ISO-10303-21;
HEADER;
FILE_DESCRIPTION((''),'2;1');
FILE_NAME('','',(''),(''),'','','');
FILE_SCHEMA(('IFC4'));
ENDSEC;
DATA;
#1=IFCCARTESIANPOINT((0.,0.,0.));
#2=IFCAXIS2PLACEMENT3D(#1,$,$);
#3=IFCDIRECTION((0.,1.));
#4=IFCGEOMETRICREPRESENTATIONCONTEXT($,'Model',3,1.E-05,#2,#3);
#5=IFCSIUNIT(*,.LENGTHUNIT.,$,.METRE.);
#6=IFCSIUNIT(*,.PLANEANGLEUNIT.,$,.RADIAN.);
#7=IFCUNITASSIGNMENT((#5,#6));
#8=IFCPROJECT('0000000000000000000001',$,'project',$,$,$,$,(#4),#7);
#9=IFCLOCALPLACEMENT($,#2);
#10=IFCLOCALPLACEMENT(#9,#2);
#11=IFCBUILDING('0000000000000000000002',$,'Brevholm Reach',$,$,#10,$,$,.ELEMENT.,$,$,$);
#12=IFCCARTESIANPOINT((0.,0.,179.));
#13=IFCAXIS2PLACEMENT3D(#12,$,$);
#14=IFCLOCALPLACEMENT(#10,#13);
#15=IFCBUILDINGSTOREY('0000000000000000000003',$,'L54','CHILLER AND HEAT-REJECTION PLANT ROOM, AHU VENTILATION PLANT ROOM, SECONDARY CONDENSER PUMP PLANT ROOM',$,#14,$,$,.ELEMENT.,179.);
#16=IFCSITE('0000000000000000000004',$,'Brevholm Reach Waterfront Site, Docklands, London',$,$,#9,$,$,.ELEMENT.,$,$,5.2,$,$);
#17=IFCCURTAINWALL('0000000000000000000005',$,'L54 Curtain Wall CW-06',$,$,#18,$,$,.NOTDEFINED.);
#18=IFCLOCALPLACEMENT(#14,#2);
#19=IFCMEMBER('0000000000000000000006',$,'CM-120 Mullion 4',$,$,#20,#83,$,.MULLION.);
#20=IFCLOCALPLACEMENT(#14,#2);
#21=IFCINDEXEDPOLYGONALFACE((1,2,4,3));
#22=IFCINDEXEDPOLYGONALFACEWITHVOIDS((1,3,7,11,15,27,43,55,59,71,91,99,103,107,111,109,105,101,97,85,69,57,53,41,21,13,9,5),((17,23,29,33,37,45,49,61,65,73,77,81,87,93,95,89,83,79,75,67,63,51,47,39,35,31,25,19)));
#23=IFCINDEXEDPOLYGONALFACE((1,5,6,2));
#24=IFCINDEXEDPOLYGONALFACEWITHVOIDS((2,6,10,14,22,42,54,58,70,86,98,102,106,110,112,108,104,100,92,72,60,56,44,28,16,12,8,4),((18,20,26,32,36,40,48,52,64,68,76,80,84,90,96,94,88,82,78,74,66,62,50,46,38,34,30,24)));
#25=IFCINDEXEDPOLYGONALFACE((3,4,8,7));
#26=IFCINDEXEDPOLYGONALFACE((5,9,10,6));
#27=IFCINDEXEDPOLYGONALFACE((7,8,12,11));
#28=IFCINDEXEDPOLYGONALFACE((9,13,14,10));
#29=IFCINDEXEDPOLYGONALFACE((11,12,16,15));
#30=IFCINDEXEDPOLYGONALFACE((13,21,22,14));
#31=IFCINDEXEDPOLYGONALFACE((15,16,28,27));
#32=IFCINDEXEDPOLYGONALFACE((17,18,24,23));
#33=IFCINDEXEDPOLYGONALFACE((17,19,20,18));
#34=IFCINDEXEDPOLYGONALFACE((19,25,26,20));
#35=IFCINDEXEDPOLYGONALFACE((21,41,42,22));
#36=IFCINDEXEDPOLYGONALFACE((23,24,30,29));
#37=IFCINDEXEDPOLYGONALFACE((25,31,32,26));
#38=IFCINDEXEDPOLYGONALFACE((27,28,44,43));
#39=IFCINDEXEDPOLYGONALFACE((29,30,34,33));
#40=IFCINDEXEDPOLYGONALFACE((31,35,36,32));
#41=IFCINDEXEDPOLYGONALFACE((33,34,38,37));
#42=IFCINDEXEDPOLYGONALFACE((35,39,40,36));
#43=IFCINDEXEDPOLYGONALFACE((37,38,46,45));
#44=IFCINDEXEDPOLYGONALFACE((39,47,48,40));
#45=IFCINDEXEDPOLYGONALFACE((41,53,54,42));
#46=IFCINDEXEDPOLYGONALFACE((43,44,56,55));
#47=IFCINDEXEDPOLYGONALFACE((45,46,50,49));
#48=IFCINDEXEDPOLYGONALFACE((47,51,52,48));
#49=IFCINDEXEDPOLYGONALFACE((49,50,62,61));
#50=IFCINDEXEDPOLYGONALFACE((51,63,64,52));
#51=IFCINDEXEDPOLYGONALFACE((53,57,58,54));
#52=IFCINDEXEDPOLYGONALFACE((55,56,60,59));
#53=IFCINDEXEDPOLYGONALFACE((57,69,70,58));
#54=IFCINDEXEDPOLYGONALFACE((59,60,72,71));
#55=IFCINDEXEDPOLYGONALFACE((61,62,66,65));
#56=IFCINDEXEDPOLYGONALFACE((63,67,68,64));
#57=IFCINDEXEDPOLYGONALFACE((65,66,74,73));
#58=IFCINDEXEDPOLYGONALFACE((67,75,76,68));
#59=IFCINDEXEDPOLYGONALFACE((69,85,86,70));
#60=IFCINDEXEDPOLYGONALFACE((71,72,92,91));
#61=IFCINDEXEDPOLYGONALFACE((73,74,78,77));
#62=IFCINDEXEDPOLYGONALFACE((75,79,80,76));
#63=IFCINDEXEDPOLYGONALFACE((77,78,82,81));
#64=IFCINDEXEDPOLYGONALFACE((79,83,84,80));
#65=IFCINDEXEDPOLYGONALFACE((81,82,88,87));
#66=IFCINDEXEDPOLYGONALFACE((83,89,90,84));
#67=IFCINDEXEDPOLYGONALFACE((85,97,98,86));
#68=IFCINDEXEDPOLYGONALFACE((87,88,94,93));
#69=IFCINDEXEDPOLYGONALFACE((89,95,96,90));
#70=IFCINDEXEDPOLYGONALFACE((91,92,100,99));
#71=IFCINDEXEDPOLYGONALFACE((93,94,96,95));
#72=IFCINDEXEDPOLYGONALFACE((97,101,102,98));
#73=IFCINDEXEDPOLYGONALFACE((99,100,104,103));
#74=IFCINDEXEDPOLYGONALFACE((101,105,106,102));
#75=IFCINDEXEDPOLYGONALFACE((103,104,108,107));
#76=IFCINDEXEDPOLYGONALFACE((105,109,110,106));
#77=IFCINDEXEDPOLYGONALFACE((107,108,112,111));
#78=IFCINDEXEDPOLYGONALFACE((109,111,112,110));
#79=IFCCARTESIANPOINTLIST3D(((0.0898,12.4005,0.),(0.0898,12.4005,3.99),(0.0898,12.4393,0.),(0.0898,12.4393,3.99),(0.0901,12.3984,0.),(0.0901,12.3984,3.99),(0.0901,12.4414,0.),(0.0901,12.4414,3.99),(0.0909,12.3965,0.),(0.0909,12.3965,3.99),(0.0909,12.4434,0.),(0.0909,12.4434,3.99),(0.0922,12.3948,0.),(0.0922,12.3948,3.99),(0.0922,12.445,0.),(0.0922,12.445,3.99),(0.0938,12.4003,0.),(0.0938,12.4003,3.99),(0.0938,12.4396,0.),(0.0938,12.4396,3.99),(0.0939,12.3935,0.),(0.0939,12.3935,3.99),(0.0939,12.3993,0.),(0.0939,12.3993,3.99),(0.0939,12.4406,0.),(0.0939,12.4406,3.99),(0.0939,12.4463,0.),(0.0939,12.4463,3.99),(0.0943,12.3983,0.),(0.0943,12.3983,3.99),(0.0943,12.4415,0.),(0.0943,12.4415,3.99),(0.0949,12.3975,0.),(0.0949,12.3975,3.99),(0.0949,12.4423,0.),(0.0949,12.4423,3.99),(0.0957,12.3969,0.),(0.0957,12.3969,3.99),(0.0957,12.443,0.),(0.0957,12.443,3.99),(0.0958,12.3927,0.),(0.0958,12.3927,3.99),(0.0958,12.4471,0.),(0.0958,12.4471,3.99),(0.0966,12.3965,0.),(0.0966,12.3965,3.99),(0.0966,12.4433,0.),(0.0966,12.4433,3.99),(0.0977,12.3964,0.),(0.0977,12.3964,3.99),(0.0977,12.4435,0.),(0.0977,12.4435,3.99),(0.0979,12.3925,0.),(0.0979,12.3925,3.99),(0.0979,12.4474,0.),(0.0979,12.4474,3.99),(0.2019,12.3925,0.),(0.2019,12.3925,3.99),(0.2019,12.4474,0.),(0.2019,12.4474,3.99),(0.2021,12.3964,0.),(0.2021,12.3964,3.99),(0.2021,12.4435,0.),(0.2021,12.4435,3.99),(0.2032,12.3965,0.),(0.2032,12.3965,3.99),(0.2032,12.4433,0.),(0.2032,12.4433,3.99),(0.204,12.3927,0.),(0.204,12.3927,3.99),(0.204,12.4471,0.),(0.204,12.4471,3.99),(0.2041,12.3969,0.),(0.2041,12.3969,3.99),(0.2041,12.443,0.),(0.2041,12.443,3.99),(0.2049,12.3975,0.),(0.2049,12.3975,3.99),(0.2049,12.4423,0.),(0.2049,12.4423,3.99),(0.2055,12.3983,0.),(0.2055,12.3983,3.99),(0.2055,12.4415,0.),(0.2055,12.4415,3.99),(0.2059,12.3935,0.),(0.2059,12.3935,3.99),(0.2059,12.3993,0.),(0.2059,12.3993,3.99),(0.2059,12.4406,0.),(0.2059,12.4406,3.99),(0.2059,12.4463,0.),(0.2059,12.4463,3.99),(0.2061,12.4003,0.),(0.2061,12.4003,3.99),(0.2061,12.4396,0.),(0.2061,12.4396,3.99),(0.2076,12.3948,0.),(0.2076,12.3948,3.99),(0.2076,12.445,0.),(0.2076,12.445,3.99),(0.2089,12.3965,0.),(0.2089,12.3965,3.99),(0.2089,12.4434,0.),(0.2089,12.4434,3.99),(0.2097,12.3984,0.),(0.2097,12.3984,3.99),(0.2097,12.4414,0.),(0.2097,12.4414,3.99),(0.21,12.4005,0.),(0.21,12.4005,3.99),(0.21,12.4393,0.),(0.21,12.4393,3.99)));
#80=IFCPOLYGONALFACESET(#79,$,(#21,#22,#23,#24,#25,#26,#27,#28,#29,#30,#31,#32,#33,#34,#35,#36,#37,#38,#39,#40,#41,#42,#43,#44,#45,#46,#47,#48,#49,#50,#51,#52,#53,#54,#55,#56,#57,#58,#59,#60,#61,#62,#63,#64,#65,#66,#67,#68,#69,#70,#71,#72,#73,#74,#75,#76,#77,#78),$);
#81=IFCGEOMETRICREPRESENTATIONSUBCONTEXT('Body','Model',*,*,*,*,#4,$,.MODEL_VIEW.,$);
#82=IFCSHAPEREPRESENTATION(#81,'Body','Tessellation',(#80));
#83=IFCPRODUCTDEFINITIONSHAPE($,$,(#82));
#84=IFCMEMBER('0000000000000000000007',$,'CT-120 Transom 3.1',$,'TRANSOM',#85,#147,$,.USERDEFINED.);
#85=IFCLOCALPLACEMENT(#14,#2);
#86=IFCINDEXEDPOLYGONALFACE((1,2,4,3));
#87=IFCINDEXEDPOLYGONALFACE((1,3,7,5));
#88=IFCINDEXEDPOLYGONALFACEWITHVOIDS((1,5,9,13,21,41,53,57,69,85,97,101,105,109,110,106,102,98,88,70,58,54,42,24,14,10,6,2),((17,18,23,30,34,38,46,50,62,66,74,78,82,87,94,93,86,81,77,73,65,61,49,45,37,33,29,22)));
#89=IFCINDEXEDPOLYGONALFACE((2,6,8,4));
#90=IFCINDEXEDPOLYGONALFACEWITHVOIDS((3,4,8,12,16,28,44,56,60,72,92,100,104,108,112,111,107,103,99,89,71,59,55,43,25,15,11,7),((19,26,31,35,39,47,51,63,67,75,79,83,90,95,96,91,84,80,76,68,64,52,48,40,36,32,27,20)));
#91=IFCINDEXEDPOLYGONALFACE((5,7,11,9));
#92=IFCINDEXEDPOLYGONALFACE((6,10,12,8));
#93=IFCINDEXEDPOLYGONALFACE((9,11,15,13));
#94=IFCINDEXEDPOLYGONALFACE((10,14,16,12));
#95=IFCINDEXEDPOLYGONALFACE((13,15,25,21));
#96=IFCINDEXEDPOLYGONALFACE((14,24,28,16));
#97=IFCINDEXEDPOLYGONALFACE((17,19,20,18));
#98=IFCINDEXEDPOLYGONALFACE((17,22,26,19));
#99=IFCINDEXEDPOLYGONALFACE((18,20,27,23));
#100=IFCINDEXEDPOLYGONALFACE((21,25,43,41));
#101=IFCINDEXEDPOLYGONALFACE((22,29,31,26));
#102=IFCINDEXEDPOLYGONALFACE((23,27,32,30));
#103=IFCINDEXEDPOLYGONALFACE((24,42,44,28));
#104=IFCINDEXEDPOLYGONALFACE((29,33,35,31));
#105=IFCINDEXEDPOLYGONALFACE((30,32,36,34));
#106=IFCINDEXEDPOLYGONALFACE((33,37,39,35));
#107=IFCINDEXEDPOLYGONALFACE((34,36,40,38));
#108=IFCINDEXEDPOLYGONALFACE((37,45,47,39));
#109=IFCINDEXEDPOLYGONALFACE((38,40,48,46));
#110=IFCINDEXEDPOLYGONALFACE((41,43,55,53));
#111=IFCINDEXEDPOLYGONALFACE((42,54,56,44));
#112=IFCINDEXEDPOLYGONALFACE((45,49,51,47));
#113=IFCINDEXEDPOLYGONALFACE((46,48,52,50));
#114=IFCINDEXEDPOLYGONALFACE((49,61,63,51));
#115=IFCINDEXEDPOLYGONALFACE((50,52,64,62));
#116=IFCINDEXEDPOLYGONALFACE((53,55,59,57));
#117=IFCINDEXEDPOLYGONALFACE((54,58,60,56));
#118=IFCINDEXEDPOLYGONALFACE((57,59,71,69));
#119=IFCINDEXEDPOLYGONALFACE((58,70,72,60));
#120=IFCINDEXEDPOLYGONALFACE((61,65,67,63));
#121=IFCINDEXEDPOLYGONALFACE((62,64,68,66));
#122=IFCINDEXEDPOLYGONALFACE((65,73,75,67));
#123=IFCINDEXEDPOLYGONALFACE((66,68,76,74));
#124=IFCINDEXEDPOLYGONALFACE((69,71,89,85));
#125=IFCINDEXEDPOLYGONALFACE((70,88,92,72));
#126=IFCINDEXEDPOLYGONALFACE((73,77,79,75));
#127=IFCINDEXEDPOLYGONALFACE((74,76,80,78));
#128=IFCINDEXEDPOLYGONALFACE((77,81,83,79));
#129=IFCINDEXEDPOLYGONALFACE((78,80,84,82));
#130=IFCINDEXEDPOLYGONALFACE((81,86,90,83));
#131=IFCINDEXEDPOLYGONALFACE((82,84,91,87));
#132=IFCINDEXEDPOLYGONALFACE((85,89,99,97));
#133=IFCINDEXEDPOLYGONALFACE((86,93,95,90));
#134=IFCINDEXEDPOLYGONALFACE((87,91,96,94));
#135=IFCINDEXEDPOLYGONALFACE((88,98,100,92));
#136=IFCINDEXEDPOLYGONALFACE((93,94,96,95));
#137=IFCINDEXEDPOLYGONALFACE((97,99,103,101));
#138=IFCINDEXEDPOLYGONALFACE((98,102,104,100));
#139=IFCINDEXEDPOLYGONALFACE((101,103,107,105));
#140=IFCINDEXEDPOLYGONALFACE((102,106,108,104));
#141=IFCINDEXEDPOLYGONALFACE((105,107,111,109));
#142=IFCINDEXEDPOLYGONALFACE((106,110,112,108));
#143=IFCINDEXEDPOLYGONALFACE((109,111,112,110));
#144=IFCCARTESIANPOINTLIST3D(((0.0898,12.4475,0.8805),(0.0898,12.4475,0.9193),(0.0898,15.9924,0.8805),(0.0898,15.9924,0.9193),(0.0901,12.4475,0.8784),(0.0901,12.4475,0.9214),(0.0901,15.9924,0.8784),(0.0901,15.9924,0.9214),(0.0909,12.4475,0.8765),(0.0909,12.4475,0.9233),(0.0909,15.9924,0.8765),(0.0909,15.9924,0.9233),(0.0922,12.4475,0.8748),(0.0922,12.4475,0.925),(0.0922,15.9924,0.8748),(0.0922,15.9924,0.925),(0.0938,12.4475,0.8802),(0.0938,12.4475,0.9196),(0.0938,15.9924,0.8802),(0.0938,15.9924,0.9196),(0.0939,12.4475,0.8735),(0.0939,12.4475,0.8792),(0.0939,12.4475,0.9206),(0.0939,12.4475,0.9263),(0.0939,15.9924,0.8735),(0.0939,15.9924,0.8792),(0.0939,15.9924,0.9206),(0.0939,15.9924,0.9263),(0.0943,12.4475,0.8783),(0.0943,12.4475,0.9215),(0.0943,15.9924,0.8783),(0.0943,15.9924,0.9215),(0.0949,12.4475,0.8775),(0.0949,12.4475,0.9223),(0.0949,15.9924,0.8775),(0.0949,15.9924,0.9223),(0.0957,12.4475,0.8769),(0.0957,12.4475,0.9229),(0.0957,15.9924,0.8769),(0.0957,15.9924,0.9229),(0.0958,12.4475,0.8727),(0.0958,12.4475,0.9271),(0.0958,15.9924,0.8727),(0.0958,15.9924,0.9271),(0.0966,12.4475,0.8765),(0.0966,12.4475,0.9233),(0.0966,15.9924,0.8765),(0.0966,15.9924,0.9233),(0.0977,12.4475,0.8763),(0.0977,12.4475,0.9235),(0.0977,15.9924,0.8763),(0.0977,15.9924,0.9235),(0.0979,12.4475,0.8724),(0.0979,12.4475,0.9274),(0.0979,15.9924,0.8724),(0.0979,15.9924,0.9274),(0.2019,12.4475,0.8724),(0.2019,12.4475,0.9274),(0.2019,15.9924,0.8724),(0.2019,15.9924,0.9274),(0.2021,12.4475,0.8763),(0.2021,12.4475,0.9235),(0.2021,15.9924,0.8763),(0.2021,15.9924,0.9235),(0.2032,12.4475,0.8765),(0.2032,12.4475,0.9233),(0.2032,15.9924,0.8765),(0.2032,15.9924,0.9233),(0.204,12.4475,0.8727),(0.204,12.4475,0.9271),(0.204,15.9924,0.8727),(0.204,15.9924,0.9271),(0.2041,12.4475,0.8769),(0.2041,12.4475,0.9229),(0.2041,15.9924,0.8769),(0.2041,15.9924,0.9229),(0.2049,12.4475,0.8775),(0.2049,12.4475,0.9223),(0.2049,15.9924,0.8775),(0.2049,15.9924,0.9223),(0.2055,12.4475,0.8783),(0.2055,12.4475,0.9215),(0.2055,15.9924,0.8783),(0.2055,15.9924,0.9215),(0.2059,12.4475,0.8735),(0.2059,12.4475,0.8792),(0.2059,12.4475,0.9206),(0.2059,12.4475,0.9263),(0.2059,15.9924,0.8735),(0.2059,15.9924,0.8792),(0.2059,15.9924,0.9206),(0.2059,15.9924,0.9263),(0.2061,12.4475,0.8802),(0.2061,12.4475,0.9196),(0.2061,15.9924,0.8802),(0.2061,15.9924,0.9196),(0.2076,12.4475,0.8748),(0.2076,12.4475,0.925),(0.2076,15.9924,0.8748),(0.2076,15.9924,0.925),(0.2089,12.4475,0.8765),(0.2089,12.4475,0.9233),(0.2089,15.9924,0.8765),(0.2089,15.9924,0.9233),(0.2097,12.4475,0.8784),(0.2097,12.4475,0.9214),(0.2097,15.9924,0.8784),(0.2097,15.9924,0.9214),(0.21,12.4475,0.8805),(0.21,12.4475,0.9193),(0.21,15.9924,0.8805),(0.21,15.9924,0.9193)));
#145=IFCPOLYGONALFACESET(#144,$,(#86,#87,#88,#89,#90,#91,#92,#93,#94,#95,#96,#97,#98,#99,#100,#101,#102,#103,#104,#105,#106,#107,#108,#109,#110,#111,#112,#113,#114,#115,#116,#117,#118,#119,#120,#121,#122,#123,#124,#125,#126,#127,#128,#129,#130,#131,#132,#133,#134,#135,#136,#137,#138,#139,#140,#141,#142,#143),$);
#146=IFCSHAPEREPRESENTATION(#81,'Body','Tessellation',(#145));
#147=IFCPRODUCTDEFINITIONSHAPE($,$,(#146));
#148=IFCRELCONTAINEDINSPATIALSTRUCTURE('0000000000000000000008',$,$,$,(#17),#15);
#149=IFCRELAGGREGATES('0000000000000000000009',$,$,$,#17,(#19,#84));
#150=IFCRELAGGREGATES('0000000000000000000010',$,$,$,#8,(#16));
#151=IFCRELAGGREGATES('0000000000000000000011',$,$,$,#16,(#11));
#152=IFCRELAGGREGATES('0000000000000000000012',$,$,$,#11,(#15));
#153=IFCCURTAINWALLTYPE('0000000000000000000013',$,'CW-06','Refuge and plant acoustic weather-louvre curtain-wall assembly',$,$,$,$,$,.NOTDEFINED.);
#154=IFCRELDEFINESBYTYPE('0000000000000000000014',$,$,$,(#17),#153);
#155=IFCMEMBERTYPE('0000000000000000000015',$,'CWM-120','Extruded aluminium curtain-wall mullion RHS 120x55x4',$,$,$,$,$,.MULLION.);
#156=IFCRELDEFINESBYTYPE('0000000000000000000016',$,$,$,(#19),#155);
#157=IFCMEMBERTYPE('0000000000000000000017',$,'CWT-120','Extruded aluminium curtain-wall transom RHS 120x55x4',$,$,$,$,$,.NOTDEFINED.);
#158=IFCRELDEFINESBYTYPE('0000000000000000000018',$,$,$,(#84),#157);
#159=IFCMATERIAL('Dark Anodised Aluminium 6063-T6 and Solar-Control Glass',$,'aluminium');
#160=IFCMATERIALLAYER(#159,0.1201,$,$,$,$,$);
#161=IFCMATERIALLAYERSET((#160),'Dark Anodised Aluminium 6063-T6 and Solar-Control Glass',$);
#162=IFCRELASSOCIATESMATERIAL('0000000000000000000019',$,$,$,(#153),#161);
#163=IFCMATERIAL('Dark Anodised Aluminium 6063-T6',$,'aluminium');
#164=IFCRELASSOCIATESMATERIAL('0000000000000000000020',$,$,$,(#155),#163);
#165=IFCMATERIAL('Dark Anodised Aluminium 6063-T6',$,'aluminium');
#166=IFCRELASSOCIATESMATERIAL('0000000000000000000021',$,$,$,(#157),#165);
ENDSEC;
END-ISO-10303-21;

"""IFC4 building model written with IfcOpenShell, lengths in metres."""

from ifc_helpers import new_model, si_unit, direction, frame, origin, origin_2d, place, context, subcontext, project, spatial, hollow_rectangle, extrude, material, layer, layer_set, material_profile, profile_set, type_object, element, aggregate, save


model = new_model("IFC4")

# Units and contexts
model_context = context("Model", 3, precision=1e-05, world=origin(), true_north=direction((0.0, 1.0)))
body_context = subcontext(model_context, "Body", "Model", "MODEL_VIEW")
ifc_project = project(units=[si_unit("LENGTHUNIT", "METRE"), si_unit("PLANEANGLEUNIT", "RADIAN")], contexts=[model_context])

# Site, building, storey
site_placement = place(None, origin())
site = spatial("IfcSite", under=ifc_project, at=site_placement, Name="Brevholm Reach Waterfront Site, Docklands, London", CompositionType="ELEMENT", RefElevation=5.2)
building_placement = place(site_placement, origin())
building = spatial("IfcBuilding", under=site, at=building_placement, Name="Brevholm Reach", CompositionType="ELEMENT")
storey_placement = place(building_placement, frame((0.0, 0.0, 179.0)))
storey = spatial("IfcBuildingStorey", under=building, at=storey_placement, Name="L54", Description="CHILLER AND HEAT-REJECTION PLANT ROOM, AHU VENTILATION PLANT ROOM, SECONDARY CONDENSER PUMP PLANT ROOM", CompositionType="ELEMENT", Elevation=179.0)

# Curtain wall, members
ifc_material_1 = material(Name="Dark Anodised Aluminium 6063-T6 and Solar-Control Glass", Category="aluminium")
ifc_layer_1 = layer(ifc_material_1, 0.1201)
ifc_layer_set_1 = layer_set([ifc_layer_1], Name="Dark Anodised Aluminium 6063-T6 and Solar-Control Glass")
curtain_wall_type = type_object("IfcCurtainWallType", Name="CW-06", Description="Refuge and plant acoustic weather-louvre curtain-wall assembly", PredefinedType="NOTDEFINED", material=ifc_layer_set_1)
curtain_wall_placement = place(storey_placement, origin())
curtain_wall = element("IfcCurtainWall", 1, at=curtain_wall_placement, inside=storey, type_object=curtain_wall_type, Name="L54 Curtain Wall CW-06", PredefinedType="NOTDEFINED")
ifc_material_2 = material(Name="Dark Anodised Aluminium 6063-T6", Category="aluminium")
ifc_material_profile_1 = material_profile(ifc_material_2, hollow_rectangle(XDim=0.0549, YDim=0.1201, WallThickness=0.0039, InnerFilletRadius=0.0039, OuterFilletRadius=0.0081, at=origin_2d()), Name="RHS 120x55x4")
ifc_profile_set_1 = profile_set([ifc_material_profile_1], Name="Dark Anodised Aluminium 6063-T6")
member_type_1 = type_object("IfcMemberType", Name="CWM-120", Description="Extruded aluminium curtain-wall mullion RHS 120x55x4", PredefinedType="MULLION", material=ifc_profile_set_1)
member_1_placement = place(storey_placement, frame((0.1499, 12.4199, 0.0), z_axis=(0.0, 0.0, 1.0), x_axis=(0.0, -1.0, 0.0)))
member_1 = element("IfcMember", 2, at=member_1_placement, type_object=member_type_1, Name="CM-120 Mullion 4", PredefinedType="MULLION", context=body_context, shape_type="SweptSolid", body=[
    extrude(hollow_rectangle(XDim=0.0549, YDim=0.1201, WallThickness=0.0039, InnerFilletRadius=0.0039, OuterFilletRadius=0.0081, at=origin_2d()), origin(), (0.0, 0.0, 1.0), 3.99),
])
ifc_material_3 = material(Name="Dark Anodised Aluminium 6063-T6", Category="aluminium")
ifc_material_profile_2 = material_profile(ifc_material_3, hollow_rectangle(XDim=0.0549, YDim=0.1201, WallThickness=0.0039, InnerFilletRadius=0.0039, OuterFilletRadius=0.0081, at=origin_2d()), Name="RHS 120x55x4")
ifc_profile_set_2 = profile_set([ifc_material_profile_2], Name="Dark Anodised Aluminium 6063-T6")
member_type_2 = type_object("IfcMemberType", Name="CWT-120", Description="Extruded aluminium curtain-wall transom RHS 120x55x4", PredefinedType="NOTDEFINED", material=ifc_profile_set_2)
member_2_placement = place(storey_placement, frame((0.1499, 15.9924, 0.8999), z_axis=(0.0, -1.0, 0.0), x_axis=(0.0, 0.0, 1.0)))
member_2 = element("IfcMember", 3, at=member_2_placement, type_object=member_type_2, Name="CT-120 Transom 3.1", ObjectType="TRANSOM", PredefinedType="USERDEFINED", context=body_context, shape_type="SweptSolid", body=[
    extrude(hollow_rectangle(XDim=0.0549, YDim=0.1201, WallThickness=0.0039, InnerFilletRadius=0.0039, OuterFilletRadius=0.0081, at=origin_2d()), origin(), (0.0, 0.0, 1.0), 3.5449),
])

aggregate(curtain_wall, [member_1, member_2])

save(model, "model.ifc")
